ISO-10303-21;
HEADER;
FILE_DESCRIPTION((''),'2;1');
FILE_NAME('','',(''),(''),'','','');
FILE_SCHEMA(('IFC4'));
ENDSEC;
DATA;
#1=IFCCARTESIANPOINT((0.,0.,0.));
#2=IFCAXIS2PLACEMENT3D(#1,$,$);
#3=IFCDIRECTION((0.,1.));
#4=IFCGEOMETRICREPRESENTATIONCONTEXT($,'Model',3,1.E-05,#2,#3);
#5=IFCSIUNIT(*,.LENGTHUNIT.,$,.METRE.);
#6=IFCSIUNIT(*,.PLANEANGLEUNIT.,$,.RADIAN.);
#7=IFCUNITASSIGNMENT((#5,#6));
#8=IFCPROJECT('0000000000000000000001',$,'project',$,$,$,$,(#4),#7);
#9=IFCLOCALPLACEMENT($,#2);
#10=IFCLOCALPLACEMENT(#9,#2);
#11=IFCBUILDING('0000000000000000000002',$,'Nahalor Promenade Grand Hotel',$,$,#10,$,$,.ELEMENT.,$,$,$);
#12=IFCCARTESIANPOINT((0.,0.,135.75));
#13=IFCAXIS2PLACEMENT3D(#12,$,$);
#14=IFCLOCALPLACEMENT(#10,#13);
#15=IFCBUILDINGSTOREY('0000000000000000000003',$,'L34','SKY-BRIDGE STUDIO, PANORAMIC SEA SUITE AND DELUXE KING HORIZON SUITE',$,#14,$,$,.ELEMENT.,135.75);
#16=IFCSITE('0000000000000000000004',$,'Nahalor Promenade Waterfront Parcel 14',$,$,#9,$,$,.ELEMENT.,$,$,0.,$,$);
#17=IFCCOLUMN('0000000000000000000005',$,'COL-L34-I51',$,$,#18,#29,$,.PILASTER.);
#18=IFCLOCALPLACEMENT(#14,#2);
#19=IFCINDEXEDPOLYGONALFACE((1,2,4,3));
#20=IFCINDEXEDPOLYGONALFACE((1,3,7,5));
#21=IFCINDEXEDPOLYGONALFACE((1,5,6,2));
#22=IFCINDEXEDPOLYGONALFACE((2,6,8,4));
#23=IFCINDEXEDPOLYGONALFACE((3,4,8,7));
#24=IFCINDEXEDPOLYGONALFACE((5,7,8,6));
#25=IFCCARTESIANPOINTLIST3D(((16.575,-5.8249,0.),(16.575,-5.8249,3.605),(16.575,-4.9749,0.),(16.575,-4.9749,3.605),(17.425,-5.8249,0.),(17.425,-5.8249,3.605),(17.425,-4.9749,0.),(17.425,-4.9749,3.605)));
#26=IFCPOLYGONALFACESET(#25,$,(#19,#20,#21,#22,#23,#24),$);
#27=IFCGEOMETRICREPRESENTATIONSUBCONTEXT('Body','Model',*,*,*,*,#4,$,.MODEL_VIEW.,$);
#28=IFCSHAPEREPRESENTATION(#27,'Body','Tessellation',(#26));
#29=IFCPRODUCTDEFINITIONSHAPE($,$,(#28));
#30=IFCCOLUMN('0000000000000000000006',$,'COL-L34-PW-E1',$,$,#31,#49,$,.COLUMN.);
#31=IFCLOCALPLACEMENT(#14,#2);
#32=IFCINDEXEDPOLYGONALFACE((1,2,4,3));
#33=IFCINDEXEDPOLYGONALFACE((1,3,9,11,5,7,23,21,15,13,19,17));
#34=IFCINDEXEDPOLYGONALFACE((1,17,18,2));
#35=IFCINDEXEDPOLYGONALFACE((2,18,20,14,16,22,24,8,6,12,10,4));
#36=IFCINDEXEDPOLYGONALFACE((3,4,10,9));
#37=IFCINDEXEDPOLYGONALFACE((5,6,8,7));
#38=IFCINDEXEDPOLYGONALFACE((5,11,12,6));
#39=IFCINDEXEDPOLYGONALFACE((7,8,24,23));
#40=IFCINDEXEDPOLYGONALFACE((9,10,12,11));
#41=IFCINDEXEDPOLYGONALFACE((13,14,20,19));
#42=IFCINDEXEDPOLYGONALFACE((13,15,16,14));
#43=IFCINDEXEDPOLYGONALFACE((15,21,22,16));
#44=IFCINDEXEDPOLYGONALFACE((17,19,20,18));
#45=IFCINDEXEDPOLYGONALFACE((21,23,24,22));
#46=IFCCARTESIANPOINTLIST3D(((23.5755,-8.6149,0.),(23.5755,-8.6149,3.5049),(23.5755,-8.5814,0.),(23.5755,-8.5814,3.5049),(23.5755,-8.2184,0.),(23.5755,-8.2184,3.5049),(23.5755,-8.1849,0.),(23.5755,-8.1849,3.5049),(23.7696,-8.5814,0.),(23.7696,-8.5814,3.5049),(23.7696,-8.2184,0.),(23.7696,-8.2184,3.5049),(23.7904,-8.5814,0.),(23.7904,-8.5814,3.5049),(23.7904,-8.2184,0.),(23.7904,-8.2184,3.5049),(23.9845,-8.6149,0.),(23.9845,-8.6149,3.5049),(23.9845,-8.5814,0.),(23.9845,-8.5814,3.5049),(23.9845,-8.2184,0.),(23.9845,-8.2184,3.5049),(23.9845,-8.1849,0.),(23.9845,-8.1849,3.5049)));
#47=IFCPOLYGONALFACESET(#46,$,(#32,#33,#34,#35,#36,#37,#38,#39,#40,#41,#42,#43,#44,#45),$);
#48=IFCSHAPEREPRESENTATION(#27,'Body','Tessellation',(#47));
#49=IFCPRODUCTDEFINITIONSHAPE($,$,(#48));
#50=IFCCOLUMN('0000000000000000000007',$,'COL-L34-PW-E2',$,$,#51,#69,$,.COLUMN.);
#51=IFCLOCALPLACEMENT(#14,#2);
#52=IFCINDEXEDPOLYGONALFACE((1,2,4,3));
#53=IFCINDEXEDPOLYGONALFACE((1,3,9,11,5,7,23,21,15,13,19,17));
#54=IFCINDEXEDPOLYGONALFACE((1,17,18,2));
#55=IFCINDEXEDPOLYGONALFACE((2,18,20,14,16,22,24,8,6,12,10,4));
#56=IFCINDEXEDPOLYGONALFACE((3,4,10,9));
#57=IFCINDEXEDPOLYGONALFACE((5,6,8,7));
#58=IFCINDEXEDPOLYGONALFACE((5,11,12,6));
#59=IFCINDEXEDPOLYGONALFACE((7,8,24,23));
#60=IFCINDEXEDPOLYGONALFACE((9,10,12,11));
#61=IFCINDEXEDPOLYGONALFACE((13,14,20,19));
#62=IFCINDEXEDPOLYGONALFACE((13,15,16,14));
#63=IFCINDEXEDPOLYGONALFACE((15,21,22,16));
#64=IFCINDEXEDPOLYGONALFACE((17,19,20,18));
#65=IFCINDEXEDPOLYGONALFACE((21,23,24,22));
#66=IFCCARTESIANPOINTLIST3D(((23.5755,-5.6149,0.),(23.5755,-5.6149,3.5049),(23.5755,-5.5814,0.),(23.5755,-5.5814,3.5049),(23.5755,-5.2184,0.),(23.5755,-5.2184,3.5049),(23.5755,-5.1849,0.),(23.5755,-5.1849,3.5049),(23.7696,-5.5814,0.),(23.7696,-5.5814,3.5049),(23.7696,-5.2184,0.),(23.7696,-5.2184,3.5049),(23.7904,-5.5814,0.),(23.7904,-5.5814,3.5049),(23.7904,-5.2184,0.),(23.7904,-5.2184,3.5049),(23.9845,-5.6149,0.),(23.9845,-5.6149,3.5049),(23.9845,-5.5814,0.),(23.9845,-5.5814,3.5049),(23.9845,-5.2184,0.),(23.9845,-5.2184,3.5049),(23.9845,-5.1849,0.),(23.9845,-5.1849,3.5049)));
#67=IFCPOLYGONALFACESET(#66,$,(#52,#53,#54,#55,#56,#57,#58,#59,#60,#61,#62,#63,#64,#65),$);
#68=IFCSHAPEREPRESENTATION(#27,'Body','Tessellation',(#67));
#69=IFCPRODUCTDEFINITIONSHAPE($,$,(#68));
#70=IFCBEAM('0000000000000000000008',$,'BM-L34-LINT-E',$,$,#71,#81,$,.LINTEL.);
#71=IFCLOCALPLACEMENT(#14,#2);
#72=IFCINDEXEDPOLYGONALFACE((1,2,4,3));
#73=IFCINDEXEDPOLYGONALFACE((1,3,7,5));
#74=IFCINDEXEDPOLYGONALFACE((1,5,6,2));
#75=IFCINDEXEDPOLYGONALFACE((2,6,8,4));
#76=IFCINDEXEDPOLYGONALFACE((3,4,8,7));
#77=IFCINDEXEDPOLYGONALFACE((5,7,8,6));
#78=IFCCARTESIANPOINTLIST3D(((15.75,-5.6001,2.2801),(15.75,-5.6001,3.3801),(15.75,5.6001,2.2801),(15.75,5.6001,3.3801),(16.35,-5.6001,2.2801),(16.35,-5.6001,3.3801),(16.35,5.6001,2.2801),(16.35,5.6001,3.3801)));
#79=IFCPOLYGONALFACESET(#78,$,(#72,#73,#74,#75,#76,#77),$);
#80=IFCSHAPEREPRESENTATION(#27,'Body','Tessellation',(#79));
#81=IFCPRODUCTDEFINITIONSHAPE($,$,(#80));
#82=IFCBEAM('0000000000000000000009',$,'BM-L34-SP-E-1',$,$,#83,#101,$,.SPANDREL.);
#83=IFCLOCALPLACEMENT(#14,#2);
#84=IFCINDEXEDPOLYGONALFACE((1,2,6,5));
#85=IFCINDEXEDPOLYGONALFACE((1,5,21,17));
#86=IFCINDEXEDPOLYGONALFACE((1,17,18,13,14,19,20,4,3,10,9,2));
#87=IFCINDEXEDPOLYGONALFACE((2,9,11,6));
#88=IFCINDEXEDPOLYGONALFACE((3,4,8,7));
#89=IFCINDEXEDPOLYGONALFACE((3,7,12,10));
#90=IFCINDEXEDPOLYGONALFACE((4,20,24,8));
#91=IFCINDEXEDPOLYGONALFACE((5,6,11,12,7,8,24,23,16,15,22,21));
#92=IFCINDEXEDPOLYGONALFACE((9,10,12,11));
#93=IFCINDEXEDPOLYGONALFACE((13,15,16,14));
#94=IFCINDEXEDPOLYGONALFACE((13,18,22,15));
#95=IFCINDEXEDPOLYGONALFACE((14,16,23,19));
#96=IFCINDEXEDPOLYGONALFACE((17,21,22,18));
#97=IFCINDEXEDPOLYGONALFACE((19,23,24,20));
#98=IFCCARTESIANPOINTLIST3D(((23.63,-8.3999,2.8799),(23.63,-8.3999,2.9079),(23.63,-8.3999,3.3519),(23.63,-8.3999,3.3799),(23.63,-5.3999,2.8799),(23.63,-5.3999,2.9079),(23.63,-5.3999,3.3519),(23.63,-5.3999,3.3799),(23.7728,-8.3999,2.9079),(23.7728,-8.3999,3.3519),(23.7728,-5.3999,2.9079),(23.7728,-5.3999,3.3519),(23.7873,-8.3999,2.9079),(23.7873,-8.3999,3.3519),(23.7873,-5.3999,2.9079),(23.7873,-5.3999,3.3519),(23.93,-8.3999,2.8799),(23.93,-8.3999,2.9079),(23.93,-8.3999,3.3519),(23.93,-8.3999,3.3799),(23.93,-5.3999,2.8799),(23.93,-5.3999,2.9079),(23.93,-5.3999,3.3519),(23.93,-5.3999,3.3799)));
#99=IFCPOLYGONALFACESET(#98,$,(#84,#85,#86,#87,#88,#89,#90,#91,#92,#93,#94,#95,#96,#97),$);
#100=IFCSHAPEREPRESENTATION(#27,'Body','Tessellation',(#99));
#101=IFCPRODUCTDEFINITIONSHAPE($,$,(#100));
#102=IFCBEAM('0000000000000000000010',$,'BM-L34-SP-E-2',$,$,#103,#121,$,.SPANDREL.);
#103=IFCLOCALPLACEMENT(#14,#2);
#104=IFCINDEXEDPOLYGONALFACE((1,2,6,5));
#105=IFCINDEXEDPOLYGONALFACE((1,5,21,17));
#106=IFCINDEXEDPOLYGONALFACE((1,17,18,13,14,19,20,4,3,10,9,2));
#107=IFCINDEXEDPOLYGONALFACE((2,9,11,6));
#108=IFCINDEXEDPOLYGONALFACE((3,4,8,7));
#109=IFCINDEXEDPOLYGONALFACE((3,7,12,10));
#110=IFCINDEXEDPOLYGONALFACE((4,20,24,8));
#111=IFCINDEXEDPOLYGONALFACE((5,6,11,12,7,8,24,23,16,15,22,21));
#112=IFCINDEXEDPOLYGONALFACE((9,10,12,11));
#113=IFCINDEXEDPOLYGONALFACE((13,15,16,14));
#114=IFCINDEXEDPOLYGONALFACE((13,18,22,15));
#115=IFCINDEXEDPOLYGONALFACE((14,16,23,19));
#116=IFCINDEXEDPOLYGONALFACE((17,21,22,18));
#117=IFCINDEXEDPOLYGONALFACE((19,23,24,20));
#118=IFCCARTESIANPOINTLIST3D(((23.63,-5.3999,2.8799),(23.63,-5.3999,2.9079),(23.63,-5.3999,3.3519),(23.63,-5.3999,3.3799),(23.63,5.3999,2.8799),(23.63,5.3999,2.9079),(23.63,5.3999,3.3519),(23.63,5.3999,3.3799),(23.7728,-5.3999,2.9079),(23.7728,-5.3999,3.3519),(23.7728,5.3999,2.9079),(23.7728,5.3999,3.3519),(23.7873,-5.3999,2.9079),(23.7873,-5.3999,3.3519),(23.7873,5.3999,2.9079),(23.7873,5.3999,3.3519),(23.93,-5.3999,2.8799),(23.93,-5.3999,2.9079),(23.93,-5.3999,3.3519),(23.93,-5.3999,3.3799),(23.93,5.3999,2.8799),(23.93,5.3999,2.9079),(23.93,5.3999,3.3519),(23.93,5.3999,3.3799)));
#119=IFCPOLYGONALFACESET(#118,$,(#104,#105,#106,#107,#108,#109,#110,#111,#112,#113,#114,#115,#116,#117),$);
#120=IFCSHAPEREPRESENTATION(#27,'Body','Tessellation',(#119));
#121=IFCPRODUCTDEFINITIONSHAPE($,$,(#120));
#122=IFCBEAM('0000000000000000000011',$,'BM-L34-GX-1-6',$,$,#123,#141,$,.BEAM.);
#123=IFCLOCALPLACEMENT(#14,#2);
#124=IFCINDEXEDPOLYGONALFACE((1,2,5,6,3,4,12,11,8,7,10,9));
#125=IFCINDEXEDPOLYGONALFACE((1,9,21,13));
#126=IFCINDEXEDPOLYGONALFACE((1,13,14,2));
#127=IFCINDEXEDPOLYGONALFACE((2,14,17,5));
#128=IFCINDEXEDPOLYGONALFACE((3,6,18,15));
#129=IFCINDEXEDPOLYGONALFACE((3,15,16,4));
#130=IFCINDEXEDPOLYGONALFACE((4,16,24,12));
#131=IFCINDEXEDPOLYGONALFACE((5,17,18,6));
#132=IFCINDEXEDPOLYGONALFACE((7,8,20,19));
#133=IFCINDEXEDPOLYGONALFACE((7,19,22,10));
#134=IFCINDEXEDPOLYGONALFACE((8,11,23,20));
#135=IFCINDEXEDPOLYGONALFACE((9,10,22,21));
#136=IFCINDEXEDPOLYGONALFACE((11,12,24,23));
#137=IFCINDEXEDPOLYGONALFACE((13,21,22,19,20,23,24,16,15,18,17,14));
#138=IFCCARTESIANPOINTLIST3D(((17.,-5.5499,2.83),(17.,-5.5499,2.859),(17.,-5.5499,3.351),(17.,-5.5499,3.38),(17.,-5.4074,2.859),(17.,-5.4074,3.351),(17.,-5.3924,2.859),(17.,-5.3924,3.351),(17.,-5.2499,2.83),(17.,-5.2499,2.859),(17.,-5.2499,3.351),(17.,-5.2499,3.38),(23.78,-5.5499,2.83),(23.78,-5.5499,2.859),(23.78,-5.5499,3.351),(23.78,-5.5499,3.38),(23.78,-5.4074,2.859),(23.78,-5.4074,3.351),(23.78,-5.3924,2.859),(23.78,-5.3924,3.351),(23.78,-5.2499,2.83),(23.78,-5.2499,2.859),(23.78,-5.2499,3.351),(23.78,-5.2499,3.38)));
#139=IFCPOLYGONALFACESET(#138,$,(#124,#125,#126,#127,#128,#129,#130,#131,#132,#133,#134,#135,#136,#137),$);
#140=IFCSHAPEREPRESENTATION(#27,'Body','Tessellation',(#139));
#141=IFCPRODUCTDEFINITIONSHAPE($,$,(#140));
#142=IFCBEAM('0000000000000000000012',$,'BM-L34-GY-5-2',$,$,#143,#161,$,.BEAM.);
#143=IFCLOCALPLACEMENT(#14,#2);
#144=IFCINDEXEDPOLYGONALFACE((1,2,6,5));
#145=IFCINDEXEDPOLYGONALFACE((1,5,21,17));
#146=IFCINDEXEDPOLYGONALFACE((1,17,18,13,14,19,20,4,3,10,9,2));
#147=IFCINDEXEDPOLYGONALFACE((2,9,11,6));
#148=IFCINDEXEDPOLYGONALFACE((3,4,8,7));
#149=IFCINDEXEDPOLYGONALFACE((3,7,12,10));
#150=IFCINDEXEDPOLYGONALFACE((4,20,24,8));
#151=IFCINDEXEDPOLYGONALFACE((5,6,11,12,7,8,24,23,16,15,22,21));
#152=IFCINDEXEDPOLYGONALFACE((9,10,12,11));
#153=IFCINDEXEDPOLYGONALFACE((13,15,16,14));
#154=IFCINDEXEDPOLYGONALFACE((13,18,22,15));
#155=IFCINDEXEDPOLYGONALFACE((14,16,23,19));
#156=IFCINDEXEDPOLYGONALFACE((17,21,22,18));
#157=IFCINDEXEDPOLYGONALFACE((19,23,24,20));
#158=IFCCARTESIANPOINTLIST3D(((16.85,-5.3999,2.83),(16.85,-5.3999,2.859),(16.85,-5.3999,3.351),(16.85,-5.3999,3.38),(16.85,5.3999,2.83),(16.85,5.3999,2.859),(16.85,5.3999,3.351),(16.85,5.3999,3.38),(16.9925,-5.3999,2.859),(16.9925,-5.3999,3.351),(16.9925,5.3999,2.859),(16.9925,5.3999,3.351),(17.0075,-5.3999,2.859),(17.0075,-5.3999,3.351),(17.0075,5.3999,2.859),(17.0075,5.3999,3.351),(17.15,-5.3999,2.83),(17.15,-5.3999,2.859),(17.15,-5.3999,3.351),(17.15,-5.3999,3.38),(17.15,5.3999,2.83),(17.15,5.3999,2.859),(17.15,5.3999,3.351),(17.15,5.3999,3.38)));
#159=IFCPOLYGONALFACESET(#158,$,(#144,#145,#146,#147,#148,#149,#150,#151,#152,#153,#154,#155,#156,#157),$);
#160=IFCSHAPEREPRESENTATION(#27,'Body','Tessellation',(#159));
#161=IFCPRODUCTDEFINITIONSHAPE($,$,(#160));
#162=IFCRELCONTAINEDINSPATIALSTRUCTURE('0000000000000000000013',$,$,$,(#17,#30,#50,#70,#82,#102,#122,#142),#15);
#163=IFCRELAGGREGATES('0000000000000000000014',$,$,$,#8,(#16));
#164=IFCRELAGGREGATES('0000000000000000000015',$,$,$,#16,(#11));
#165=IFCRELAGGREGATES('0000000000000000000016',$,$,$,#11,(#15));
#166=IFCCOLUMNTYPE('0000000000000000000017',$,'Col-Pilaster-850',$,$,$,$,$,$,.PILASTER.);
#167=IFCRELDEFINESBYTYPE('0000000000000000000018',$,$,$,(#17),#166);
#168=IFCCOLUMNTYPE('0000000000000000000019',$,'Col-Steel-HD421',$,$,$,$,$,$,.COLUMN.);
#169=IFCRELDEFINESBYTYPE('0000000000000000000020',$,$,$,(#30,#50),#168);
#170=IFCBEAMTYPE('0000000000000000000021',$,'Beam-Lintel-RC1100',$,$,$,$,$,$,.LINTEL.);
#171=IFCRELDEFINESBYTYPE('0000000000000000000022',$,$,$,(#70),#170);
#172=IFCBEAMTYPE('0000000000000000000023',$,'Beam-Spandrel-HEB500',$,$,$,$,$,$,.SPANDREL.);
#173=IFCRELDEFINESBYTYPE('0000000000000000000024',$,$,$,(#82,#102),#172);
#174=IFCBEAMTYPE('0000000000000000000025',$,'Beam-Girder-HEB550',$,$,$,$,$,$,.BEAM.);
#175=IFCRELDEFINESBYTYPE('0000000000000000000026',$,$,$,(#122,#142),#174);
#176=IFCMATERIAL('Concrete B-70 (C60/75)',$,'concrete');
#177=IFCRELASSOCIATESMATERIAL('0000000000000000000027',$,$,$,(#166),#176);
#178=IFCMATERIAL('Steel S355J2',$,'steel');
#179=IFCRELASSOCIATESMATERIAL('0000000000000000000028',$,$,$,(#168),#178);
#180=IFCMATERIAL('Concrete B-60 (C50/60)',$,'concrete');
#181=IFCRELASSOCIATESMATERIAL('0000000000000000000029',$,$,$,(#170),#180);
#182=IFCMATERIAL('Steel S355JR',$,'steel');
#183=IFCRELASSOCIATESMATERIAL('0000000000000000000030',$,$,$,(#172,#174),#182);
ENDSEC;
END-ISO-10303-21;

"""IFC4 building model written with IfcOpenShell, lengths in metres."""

from ifc_helpers import new_model, si_unit, direction, frame, origin, origin_2d, place, context, subcontext, project, spatial, rectangle, i_section, extrude, source, transform, mapped, material, material_profile, profile_set, type_object, element, save


model = new_model("IFC4")

# Units and contexts
model_context = context("Model", 3, precision=1e-05, world=origin(), true_north=direction((0.0, 1.0)))
body_context = subcontext(model_context, "Body", "Model", "MODEL_VIEW")
ifc_project = project(units=[si_unit("LENGTHUNIT", "METRE"), si_unit("PLANEANGLEUNIT", "RADIAN")], contexts=[model_context])

# Site, building, storey
site_placement = place(None, origin())
site = spatial("IfcSite", under=ifc_project, at=site_placement, Name="Nahalor Promenade Waterfront Parcel 14", CompositionType="ELEMENT", RefElevation=0.0)
building_placement = place(site_placement, origin())
building = spatial("IfcBuilding", under=site, at=building_placement, Name="Nahalor Promenade Grand Hotel", CompositionType="ELEMENT")
storey_placement = place(building_placement, frame((0.0, 0.0, 135.75)))
storey = spatial("IfcBuildingStorey", under=building, at=storey_placement, Name="L34", Description="SKY-BRIDGE STUDIO, PANORAMIC SEA SUITE AND DELUXE KING HORIZON SUITE", CompositionType="ELEMENT", Elevation=135.75)

# Columns
ifc_material_1 = material(Name="Concrete B-70 (C60/75)", Category="concrete")
ifc_material_profile_1 = material_profile(ifc_material_1, rectangle(XDim=0.85, YDim=0.85, at=origin_2d()), Name="RC 850x850")
ifc_profile_set_1 = profile_set([ifc_material_profile_1], Name="Concrete B-70 (C60/75)")
column_type_1 = type_object("IfcColumnType", Name="Col-Pilaster-850", PredefinedType="PILASTER", material=ifc_profile_set_1)
shared_shape_1 = source(origin(), body_context, "Body", "SweptSolid", [
    extrude(rectangle(XDim=0.85, YDim=0.85, at=origin_2d()), origin(), (0.0, 0.0, 1.0), 3.605),
])
column_placement = place(storey_placement, frame((17.0, -5.3999, 0.0), z_axis=(0.0, 0.0, 1.0), x_axis=(1.0, 0.0, 0.0)))
element("IfcColumn", 1, at=column_placement, inside=storey, type_object=column_type_1, Name="COL-L34-I51", PredefinedType="PILASTER", context=body_context, shape_type="MappedRepresentation", body=[
    mapped(shared_shape_1, transform((0.0, 0.0, 0.0), scale=1.0)),
])
ifc_material_2 = material(Name="Steel S355J2", Category="steel")
ifc_material_profile_2 = material_profile(ifc_material_2, i_section(OverallWidth=0.409, OverallDepth=0.43, WebThickness=0.0208, FlangeThickness=0.0335, at=origin_2d()), Name="HD 400x421")
ifc_profile_set_2 = profile_set([ifc_material_profile_2], Name="Steel S355J2")
column_type_2 = type_object("IfcColumnType", Name="Col-Steel-HD421", PredefinedType="COLUMN", material=ifc_profile_set_2)
shared_shape_2 = source(origin(), body_context, "Body", "SweptSolid", [
    extrude(i_section(OverallWidth=0.409, OverallDepth=0.43, WebThickness=0.0208, FlangeThickness=0.0335, at=origin_2d()), origin(), (0.0, 0.0, 1.0), 3.5049),
])
for number, where, z_axis, x_axis, name in (
    (2, (23.78, -8.3999, 0.0), (0.0, 0.0, 1.0), (1.0, 0.0, 0.0), "COL-L34-PW-E1"),
    (3, (23.78, -5.3999, 0.0), (0.0, 0.0, 1.0), (1.0, 0.0, 0.0), "COL-L34-PW-E2"),
):
    element("IfcColumn", number, at=place(storey_placement, frame(where, z_axis=z_axis, x_axis=x_axis)), inside=storey, type_object=column_type_2, Name=name, PredefinedType="COLUMN", context=body_context, shape_type="MappedRepresentation", body=[
        mapped(shared_shape_2, transform((0.0, 0.0, 0.0), scale=1.0)),
    ])

# Beams
ifc_material_3 = material(Name="Concrete B-60 (C50/60)", Category="concrete")
ifc_material_profile_3 = material_profile(ifc_material_3, rectangle(XDim=0.6, YDim=1.1, at=origin_2d()), Name="RC 600x1100")
ifc_profile_set_3 = profile_set([ifc_material_profile_3], Name="Concrete B-60 (C50/60)")
beam_type_1 = type_object("IfcBeamType", Name="Beam-Lintel-RC1100", PredefinedType="LINTEL", material=ifc_profile_set_3)
shared_shape_3 = source(origin(), body_context, "Body", "SweptSolid", [
    extrude(rectangle(XDim=0.6, YDim=1.1, at=origin_2d()), origin(), (0.0, 0.0, 1.0), 11.2002),
])
beam_1_placement = place(storey_placement, frame((16.05, -5.6001, 2.8301), z_axis=(0.0, 1.0, 0.0), x_axis=(-1.0, 0.0, 0.0)))
element("IfcBeam", 4, at=beam_1_placement, inside=storey, type_object=beam_type_1, Name="BM-L34-LINT-E", PredefinedType="LINTEL", context=body_context, shape_type="MappedRepresentation", body=[
    mapped(shared_shape_3, transform((0.0, 0.0, 0.0), scale=1.0)),
])
ifc_material_4 = material(Name="Steel S355JR", Category="steel")
ifc_material_profile_4 = material_profile(ifc_material_4, i_section(OverallWidth=0.3, OverallDepth=0.5, WebThickness=0.0145, FlangeThickness=0.028, at=origin_2d()), Name="HEB 500")
ifc_profile_set_4 = profile_set([ifc_material_profile_4], Name="Steel S355JR")
beam_type_2 = type_object("IfcBeamType", Name="Beam-Spandrel-HEB500", PredefinedType="SPANDREL", material=ifc_profile_set_4)
shared_shape_4 = source(origin(), body_context, "Body", "SweptSolid", [
    extrude(i_section(OverallWidth=0.3, OverallDepth=0.5, WebThickness=0.0145, FlangeThickness=0.028, at=origin_2d()), origin(), (0.0, 0.0, 1.0), 3.0),
])
beam_2_placement = place(storey_placement, frame((23.78, -8.3999, 3.1299), z_axis=(0.0, 1.0, 0.0), x_axis=(-1.0, 0.0, 0.0)))
element("IfcBeam", 5, at=beam_2_placement, inside=storey, type_object=beam_type_2, Name="BM-L34-SP-E-1", PredefinedType="SPANDREL", context=body_context, shape_type="MappedRepresentation", body=[
    mapped(shared_shape_4, transform((0.0, 0.0, 0.0), scale=1.0)),
])
shared_shape_5 = source(origin(), body_context, "Body", "SweptSolid", [
    extrude(i_section(OverallWidth=0.3, OverallDepth=0.5, WebThickness=0.0145, FlangeThickness=0.028, at=origin_2d()), origin(), (0.0, 0.0, 1.0), 10.7998),
])
beam_3_placement = place(storey_placement, frame((23.78, -5.3999, 3.1299), z_axis=(0.0, 1.0, 0.0), x_axis=(-1.0, 0.0, 0.0)))
element("IfcBeam", 6, at=beam_3_placement, inside=storey, type_object=beam_type_2, Name="BM-L34-SP-E-2", PredefinedType="SPANDREL", context=body_context, shape_type="MappedRepresentation", body=[
    mapped(shared_shape_5, transform((0.0, 0.0, 0.0), scale=1.0)),
])
ifc_material_profile_5 = material_profile(ifc_material_4, i_section(OverallWidth=0.3, OverallDepth=0.55, WebThickness=0.015, FlangeThickness=0.029, at=origin_2d()), Name="HEB 550")
ifc_profile_set_5 = profile_set([ifc_material_profile_5], Name="Steel S355JR")
beam_type_3 = type_object("IfcBeamType", Name="Beam-Girder-HEB550", PredefinedType="BEAM", material=ifc_profile_set_5)
shared_shape_6 = source(origin(), body_context, "Body", "SweptSolid", [
    extrude(i_section(OverallWidth=0.3, OverallDepth=0.55, WebThickness=0.015, FlangeThickness=0.029, at=origin_2d()), origin(), (0.0, 0.0, 1.0), 6.78),
])
beam_4_placement = place(storey_placement, frame((17.0, -5.3999, 3.105), z_axis=(1.0, 0.0, 0.0), x_axis=(0.0, 1.0, 0.0)))
element("IfcBeam", 7, at=beam_4_placement, inside=storey, type_object=beam_type_3, Name="BM-L34-GX-1-6", PredefinedType="BEAM", context=body_context, shape_type="MappedRepresentation", body=[
    mapped(shared_shape_6, transform((0.0, 0.0, 0.0), scale=1.0)),
])
shared_shape_7 = source(origin(), body_context, "Body", "SweptSolid", [
    extrude(i_section(OverallWidth=0.3, OverallDepth=0.55, WebThickness=0.015, FlangeThickness=0.029, at=origin_2d()), origin(), (0.0, 0.0, 1.0), 10.7998),
])
beam_5_placement = place(storey_placement, frame((17.0, -5.3999, 3.105), z_axis=(0.0, 1.0, 0.0), x_axis=(-1.0, 0.0, 0.0)))
element("IfcBeam", 8, at=beam_5_placement, inside=storey, type_object=beam_type_3, Name="BM-L34-GY-5-2", PredefinedType="BEAM", context=body_context, shape_type="MappedRepresentation", body=[
    mapped(shared_shape_7, transform((0.0, 0.0, 0.0), scale=1.0)),
])

save(model, "model.ifc")
